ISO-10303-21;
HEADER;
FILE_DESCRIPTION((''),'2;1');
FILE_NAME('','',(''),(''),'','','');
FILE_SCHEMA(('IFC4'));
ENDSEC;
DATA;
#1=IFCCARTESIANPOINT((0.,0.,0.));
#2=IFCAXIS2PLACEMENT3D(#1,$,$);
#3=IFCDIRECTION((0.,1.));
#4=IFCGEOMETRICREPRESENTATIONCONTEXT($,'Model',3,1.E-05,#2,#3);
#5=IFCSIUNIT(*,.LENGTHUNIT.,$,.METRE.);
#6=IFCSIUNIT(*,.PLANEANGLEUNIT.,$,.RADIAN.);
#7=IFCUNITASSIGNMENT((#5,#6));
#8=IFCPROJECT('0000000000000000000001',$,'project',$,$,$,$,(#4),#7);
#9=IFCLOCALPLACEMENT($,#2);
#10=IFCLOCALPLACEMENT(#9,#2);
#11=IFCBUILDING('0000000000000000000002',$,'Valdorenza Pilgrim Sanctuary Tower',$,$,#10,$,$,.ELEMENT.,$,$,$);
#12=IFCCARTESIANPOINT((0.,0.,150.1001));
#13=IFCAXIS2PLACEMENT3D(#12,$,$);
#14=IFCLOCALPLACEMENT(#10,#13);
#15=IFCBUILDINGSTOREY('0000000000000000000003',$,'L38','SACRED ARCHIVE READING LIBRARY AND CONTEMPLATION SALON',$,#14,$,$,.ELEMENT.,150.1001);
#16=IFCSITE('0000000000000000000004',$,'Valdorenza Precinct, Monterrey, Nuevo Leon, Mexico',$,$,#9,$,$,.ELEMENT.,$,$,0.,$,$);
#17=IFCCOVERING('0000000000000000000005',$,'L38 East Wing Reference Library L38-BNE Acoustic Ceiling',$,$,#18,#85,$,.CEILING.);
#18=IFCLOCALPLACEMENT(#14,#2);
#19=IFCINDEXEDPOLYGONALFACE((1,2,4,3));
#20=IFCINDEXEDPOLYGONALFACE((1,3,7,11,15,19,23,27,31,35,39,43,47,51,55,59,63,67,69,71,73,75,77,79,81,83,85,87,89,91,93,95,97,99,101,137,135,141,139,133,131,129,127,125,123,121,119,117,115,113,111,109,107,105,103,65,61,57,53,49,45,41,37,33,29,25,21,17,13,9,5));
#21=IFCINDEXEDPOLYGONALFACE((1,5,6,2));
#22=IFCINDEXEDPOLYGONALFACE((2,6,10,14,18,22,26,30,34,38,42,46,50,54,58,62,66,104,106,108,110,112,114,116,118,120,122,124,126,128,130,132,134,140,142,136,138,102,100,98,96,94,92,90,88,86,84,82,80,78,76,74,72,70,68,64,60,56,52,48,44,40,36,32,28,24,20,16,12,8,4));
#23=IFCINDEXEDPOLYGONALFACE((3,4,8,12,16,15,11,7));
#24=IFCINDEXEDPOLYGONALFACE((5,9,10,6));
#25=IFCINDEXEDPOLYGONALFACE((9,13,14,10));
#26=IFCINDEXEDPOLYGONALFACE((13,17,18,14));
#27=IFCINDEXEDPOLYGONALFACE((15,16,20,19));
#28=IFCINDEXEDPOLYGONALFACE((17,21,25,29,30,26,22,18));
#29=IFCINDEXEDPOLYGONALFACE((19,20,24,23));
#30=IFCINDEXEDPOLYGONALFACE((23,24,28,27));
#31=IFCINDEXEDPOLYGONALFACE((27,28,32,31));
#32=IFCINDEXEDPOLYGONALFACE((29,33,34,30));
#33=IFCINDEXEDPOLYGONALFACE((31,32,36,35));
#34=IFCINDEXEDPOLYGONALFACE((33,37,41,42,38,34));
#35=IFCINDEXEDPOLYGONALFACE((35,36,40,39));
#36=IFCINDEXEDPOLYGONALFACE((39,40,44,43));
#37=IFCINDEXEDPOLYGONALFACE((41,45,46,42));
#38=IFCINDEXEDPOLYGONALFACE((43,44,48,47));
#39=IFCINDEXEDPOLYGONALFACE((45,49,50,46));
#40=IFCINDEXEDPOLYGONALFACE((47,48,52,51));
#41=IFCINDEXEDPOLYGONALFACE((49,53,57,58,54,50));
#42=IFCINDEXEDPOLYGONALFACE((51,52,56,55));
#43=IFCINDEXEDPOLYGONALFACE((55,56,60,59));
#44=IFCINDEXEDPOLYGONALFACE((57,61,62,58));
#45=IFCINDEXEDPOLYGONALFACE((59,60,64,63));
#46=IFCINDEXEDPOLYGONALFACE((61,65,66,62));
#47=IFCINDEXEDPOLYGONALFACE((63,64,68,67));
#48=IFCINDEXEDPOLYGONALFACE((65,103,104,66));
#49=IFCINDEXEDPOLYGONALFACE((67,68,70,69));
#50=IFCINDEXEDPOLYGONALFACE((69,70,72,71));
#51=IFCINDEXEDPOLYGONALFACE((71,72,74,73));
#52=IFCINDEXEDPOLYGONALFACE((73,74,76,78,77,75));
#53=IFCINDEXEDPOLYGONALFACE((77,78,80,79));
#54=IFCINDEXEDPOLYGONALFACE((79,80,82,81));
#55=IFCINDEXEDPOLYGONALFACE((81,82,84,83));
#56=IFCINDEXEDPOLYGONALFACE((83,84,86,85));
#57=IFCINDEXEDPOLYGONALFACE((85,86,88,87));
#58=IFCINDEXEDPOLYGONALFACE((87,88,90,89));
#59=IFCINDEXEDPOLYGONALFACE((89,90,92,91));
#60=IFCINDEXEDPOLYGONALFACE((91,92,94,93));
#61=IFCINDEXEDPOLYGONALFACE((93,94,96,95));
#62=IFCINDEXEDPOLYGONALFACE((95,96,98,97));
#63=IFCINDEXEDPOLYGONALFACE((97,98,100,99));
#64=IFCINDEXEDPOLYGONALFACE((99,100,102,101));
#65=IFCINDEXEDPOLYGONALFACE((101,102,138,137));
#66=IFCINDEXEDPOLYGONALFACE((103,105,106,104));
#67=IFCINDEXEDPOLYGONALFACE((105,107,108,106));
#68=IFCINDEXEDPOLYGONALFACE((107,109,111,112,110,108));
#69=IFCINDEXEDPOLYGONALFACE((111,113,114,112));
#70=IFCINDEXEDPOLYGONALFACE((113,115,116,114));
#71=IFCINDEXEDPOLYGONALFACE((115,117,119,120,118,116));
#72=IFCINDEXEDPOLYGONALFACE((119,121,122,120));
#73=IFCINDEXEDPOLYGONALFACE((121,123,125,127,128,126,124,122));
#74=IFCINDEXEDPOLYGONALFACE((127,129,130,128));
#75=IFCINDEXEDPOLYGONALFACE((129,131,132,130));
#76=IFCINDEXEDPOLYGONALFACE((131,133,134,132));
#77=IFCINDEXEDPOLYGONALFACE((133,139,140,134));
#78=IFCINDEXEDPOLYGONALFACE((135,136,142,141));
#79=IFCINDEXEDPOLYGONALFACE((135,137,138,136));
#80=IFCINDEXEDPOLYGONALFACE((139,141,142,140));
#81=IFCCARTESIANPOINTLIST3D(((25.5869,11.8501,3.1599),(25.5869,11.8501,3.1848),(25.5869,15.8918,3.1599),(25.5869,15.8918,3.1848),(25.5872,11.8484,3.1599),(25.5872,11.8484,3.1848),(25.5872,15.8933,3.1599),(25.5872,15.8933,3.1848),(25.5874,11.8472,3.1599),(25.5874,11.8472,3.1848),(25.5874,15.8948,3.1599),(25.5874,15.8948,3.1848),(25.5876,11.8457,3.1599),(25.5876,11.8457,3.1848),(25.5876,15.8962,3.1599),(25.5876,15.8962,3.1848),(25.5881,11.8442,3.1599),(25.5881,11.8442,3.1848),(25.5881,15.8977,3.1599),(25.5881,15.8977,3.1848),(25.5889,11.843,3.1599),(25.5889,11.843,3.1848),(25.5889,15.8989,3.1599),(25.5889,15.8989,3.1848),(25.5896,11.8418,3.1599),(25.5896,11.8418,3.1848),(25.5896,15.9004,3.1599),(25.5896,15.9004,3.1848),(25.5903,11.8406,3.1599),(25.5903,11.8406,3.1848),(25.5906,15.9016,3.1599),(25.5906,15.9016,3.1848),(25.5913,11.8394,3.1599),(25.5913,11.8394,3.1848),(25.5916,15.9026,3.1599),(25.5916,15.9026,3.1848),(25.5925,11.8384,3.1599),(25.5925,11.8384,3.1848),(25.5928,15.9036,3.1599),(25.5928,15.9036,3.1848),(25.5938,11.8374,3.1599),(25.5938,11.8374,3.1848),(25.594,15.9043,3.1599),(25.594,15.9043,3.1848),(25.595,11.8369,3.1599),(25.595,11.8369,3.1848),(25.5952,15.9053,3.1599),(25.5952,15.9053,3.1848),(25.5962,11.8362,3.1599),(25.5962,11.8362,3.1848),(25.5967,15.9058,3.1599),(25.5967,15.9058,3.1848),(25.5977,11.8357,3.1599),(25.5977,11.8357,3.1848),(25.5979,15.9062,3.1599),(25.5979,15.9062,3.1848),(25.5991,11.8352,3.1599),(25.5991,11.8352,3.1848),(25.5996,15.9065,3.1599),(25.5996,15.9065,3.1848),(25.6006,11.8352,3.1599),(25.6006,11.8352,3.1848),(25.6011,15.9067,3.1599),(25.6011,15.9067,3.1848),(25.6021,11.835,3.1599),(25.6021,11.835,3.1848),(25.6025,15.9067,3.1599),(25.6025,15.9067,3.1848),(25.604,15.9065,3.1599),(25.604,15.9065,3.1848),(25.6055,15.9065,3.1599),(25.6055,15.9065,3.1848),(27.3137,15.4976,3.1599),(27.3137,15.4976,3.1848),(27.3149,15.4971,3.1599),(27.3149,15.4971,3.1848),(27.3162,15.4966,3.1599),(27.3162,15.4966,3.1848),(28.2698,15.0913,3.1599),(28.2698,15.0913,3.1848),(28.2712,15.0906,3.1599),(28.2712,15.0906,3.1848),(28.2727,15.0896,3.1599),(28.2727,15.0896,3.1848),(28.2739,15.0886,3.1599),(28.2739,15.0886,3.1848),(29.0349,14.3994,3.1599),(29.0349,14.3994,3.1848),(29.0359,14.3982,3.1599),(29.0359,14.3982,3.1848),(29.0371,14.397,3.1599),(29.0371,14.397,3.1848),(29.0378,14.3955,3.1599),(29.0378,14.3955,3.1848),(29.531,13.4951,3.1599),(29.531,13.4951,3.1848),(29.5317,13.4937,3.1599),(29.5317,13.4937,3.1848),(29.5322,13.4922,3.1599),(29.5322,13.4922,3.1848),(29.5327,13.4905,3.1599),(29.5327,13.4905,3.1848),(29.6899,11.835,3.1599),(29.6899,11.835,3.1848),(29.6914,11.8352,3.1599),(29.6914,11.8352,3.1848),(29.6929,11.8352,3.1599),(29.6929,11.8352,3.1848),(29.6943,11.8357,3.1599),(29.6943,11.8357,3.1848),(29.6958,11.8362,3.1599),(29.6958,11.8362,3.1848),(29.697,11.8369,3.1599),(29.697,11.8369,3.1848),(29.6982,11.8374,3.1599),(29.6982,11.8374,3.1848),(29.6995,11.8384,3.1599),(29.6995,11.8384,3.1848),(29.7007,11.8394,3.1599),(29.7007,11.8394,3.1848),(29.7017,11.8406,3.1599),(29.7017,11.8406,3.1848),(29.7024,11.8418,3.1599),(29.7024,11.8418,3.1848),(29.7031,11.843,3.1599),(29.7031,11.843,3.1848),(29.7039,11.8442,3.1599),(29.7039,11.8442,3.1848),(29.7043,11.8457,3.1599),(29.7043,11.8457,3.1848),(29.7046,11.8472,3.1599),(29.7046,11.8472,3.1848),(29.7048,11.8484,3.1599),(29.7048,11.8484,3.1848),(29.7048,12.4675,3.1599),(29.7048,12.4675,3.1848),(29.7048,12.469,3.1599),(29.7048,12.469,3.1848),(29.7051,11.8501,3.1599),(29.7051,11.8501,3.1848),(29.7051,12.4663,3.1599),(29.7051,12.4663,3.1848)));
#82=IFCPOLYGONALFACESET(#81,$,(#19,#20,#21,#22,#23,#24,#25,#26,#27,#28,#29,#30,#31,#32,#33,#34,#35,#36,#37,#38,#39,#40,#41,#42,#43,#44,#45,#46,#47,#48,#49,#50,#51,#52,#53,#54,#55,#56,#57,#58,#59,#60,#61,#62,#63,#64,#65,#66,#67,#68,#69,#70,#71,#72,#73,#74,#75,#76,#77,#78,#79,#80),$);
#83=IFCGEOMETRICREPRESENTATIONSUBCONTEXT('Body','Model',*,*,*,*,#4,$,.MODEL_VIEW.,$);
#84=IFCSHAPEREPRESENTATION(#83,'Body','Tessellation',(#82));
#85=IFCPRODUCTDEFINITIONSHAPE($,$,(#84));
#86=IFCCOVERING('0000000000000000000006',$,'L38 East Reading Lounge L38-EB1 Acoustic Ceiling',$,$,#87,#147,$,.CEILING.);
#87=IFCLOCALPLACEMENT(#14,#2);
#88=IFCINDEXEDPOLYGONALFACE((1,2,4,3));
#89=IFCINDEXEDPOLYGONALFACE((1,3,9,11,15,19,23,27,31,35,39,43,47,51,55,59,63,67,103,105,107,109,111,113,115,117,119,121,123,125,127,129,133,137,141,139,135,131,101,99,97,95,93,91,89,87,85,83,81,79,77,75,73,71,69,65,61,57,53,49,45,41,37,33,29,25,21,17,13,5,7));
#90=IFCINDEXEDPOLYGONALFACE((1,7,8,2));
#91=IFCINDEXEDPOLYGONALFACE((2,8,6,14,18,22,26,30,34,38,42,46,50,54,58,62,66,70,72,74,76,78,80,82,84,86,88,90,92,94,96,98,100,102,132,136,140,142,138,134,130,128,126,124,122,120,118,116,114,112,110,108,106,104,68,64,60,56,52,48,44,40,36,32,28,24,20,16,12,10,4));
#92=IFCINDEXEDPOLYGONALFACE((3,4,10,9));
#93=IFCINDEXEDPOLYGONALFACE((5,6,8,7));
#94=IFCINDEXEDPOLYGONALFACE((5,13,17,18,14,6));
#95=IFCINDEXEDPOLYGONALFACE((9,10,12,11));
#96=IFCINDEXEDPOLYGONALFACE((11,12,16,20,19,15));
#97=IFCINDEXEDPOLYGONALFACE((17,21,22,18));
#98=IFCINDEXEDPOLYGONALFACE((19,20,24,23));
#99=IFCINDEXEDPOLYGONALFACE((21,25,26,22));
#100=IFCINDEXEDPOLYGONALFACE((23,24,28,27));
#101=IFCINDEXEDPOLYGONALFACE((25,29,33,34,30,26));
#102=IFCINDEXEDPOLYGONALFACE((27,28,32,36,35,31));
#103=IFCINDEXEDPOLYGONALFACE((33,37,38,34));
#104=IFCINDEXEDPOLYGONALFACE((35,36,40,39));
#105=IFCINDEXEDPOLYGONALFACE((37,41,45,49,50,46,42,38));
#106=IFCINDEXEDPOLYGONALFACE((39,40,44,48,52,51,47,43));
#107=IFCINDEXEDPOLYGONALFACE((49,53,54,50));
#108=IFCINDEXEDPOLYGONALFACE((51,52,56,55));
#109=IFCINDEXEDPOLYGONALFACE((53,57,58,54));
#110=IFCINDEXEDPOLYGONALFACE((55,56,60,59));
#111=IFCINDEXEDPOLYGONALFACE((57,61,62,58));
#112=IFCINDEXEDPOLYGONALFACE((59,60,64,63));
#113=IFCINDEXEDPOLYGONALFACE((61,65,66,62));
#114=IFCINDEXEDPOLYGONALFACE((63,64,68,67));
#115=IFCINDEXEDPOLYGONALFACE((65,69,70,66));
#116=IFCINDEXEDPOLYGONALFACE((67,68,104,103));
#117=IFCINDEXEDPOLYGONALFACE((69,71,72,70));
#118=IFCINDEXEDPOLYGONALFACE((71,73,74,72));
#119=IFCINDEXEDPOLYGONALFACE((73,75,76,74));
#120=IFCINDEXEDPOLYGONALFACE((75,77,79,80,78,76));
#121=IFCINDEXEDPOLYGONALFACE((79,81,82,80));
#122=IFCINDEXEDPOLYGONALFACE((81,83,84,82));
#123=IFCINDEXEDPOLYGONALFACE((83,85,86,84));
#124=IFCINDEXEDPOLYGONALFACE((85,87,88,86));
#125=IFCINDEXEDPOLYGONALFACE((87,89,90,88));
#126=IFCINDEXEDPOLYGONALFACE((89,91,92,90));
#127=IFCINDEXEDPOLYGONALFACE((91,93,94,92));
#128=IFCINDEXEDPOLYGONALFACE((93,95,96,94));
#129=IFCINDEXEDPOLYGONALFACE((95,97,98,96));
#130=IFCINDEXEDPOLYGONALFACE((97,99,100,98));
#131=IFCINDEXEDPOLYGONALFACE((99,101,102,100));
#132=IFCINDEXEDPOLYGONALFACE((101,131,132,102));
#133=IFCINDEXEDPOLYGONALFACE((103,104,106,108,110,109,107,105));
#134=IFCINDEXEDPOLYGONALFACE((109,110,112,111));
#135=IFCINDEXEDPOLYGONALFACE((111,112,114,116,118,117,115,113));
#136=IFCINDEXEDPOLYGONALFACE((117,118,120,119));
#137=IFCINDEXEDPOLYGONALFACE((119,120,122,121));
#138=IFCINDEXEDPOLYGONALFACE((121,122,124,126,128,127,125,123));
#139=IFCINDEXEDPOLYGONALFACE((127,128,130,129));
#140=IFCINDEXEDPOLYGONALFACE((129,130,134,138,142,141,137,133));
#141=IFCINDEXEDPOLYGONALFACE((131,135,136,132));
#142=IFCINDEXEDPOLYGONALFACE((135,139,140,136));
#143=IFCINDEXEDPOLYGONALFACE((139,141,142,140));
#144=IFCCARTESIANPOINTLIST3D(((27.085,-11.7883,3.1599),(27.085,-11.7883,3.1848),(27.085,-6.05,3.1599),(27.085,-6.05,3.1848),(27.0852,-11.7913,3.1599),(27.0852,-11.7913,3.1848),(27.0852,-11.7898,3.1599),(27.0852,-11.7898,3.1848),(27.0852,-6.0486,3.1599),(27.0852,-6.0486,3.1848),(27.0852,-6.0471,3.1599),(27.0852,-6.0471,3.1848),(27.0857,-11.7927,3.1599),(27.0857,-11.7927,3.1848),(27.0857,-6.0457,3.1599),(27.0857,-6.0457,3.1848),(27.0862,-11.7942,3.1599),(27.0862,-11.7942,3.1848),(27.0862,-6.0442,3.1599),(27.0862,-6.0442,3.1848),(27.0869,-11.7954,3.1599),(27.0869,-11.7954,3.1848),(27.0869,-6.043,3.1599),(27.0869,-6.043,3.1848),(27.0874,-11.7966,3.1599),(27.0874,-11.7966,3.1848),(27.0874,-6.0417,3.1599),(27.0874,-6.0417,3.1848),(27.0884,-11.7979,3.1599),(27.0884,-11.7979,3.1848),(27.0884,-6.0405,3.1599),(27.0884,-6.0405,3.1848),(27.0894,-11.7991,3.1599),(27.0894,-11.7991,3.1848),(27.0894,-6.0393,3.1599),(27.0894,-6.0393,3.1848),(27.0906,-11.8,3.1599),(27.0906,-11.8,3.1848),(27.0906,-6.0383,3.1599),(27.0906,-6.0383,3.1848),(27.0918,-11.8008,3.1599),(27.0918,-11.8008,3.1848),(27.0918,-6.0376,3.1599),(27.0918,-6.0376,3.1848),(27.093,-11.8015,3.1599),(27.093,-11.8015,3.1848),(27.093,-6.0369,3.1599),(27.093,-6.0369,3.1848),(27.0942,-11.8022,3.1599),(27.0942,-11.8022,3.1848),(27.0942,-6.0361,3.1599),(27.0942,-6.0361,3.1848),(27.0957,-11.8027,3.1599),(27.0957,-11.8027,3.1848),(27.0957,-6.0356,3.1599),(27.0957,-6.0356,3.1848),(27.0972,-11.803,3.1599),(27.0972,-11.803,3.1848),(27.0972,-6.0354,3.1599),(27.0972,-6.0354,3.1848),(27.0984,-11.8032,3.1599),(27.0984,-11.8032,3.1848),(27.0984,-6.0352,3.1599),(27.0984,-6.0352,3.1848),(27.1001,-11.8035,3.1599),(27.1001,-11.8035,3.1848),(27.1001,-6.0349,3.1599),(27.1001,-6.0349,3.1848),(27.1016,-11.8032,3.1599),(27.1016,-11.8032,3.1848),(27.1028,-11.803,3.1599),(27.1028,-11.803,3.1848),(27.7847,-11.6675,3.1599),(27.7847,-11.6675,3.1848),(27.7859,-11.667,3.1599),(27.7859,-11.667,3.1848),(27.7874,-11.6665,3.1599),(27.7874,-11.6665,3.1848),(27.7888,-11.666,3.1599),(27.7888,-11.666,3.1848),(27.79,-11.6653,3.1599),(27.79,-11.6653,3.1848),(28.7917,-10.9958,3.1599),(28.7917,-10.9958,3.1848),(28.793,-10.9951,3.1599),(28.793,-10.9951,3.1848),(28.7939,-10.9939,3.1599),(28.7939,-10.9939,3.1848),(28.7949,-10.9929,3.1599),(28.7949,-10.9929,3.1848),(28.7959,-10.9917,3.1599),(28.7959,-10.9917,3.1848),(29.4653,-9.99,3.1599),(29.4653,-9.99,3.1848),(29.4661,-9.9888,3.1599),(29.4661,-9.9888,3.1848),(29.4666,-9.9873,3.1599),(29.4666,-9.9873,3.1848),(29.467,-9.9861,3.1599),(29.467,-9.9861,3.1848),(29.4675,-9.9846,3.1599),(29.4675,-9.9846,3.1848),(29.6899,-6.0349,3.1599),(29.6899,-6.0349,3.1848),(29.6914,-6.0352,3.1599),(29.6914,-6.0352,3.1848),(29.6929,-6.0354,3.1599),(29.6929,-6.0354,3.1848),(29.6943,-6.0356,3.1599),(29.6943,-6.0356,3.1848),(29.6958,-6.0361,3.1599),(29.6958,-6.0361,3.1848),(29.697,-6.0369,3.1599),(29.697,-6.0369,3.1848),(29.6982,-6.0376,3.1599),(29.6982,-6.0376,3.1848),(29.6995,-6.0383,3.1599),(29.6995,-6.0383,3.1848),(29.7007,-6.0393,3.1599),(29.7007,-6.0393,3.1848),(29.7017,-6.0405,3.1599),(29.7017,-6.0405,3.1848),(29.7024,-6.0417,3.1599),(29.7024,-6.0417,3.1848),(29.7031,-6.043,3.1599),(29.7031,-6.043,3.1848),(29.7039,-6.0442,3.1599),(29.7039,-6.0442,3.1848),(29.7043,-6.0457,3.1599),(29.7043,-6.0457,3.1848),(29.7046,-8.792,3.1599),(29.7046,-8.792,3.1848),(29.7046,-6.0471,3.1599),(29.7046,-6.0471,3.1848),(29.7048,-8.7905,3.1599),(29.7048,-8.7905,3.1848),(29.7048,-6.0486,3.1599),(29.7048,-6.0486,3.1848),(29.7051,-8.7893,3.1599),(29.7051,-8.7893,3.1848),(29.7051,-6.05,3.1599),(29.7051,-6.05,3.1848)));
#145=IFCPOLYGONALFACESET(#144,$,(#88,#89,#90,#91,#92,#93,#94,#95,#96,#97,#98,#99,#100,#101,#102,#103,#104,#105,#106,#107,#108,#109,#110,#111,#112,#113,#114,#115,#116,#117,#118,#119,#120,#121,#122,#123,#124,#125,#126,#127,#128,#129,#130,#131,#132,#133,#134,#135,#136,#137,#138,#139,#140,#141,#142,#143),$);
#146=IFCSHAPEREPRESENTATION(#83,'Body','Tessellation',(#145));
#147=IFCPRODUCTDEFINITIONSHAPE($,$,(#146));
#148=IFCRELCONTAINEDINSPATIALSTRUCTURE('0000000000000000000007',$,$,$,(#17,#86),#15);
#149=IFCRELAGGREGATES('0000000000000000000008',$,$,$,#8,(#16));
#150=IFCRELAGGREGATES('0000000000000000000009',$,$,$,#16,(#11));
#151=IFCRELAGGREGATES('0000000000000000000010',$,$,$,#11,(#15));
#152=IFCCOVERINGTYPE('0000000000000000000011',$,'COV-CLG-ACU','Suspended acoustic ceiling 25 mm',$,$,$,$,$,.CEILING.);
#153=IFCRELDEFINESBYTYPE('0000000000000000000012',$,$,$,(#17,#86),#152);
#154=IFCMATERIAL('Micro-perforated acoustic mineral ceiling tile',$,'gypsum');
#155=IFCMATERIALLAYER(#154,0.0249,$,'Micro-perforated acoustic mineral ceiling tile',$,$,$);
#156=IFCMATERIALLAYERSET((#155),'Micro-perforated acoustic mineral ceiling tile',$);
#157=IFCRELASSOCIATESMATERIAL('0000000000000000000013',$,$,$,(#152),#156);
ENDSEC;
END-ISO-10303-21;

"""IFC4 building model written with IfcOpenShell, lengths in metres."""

from ifc_helpers import new_model, si_unit, direction, frame, origin, place, context, subcontext, project, spatial, polyline, outline, extrude, material, layer, layer_set, type_object, element, save


model = new_model("IFC4")

# Units and contexts
model_context = context("Model", 3, precision=1e-05, world=origin(), true_north=direction((0.0, 1.0)))
body_context = subcontext(model_context, "Body", "Model", "MODEL_VIEW")
ifc_project = project(units=[si_unit("LENGTHUNIT", "METRE"), si_unit("PLANEANGLEUNIT", "RADIAN")], contexts=[model_context])

# Site, building, storey
site_placement = place(None, origin())
site = spatial("IfcSite", under=ifc_project, at=site_placement, Name="Valdorenza Precinct, Monterrey, Nuevo Leon, Mexico", CompositionType="ELEMENT", RefElevation=0.0)
building_placement = place(site_placement, origin())
building = spatial("IfcBuilding", under=site, at=building_placement, Name="Valdorenza Pilgrim Sanctuary Tower", CompositionType="ELEMENT")
storey_placement = place(building_placement, frame((0.0, 0.0, 150.1001)))
storey = spatial("IfcBuildingStorey", under=building, at=storey_placement, Name="L38", Description="SACRED ARCHIVE READING LIBRARY AND CONTEMPLATION SALON", CompositionType="ELEMENT", Elevation=150.1001)

# Coverings
ifc_material_1 = material(Name="Micro-perforated acoustic mineral ceiling tile", Category="gypsum")
ifc_layer_1 = layer(ifc_material_1, 0.0249, Name="Micro-perforated acoustic mineral ceiling tile")
ifc_layer_set_1 = layer_set([ifc_layer_1], Name="Micro-perforated acoustic mineral ceiling tile")
covering_type_1 = type_object("IfcCoveringType", Name="COV-CLG-ACU", Description="Suspended acoustic ceiling 25 mm", PredefinedType="CEILING", material=ifc_layer_set_1)
covering_1_placement = place(storey_placement, frame((0.0, 0.0, 3.1599)))
element("IfcCovering", 1, at=covering_1_placement, inside=storey, type_object=covering_type_1, Name="L38 East Wing Reference Library L38-BNE Acoustic Ceiling", PredefinedType="CEILING", context=body_context, shape_type="SweptSolid", body=[
    extrude(outline(polyline([(27.3137, 15.4976), (27.3149, 15.4971), (27.3162, 15.4966), (28.2698, 15.0913), (28.2712, 15.0906), (28.2727, 15.0896), (28.2739, 15.0886), (29.0349, 14.3994), (29.0359, 14.3982), (29.0371, 14.397), (29.0378, 14.3955), (29.531, 13.4951), (29.5317, 13.4937), (29.5322, 13.4922), (29.5327, 13.4905), (29.7048, 12.469), (29.7048, 12.4675), (29.7051, 12.4663), (29.7051, 11.8501), (29.7048, 11.8484), (29.7046, 11.8472), (29.7043, 11.8457), (29.7039, 11.8442), (29.7031, 11.843), (29.7024, 11.8418), (29.7017, 11.8406), (29.7007, 11.8394), (29.6995, 11.8384), (29.6982, 11.8374), (29.697, 11.8369), (29.6958, 11.8362), (29.6943, 11.8357), (29.6929, 11.8352), (29.6914, 11.8352), (29.6899, 11.835), (25.6021, 11.835), (25.6006, 11.8352), (25.5991, 11.8352), (25.5977, 11.8357), (25.5962, 11.8362), (25.595, 11.8369), (25.5938, 11.8374), (25.5925, 11.8384), (25.5913, 11.8394), (25.5903, 11.8406), (25.5896, 11.8418), (25.5889, 11.843), (25.5881, 11.8442), (25.5876, 11.8457), (25.5874, 11.8472), (25.5872, 11.8484), (25.5869, 11.8501), (25.5869, 15.8918), (25.5872, 15.8933), (25.5874, 15.8948), (25.5876, 15.8962), (25.5881, 15.8977), (25.5889, 15.8989), (25.5896, 15.9004), (25.5906, 15.9016), (25.5916, 15.9026), (25.5928, 15.9036), (25.594, 15.9043), (25.5952, 15.9053), (25.5967, 15.9058), (25.5979, 15.9062), (25.5996, 15.9065), (25.6011, 15.9067), (25.6025, 15.9067), (25.604, 15.9065), (25.6055, 15.9065), (27.3137, 15.4976)])), origin(), (0.0, 0.0, 1.0), 0.0249),
])
covering_2_placement = place(storey_placement, frame((0.0, 0.0, 3.1599)))
element("IfcCovering", 2, at=covering_2_placement, inside=storey, type_object=covering_type_1, Name="L38 East Reading Lounge L38-EB1 Acoustic Ceiling", PredefinedType="CEILING", context=body_context, shape_type="SweptSolid", body=[
    extrude(outline(polyline([(29.6899, -6.0349), (29.6914, -6.0352), (29.6929, -6.0354), (29.6943, -6.0356), (29.6958, -6.0361), (29.697, -6.0369), (29.6982, -6.0376), (29.6995, -6.0383), (29.7007, -6.0393), (29.7017, -6.0405), (29.7024, -6.0417), (29.7031, -6.043), (29.7039, -6.0442), (29.7043, -6.0457), (29.7046, -6.0471), (29.7048, -6.0486), (29.7051, -6.05), (29.7051, -8.7893), (29.7048, -8.7905), (29.7046, -8.792), (29.4675, -9.9846), (29.467, -9.9861), (29.4666, -9.9873), (29.4661, -9.9888), (29.4653, -9.99), (28.7959, -10.9917), (28.7949, -10.9929), (28.7939, -10.9939), (28.793, -10.9951), (28.7917, -10.9958), (27.79, -11.6653), (27.7888, -11.666), (27.7874, -11.6665), (27.7859, -11.667), (27.7847, -11.6675), (27.1028, -11.803), (27.1016, -11.8032), (27.1001, -11.8035), (27.0984, -11.8032), (27.0972, -11.803), (27.0957, -11.8027), (27.0942, -11.8022), (27.093, -11.8015), (27.0918, -11.8008), (27.0906, -11.8), (27.0894, -11.7991), (27.0884, -11.7979), (27.0874, -11.7966), (27.0869, -11.7954), (27.0862, -11.7942), (27.0857, -11.7927), (27.0852, -11.7913), (27.0852, -11.7898), (27.085, -11.7883), (27.085, -6.05), (27.0852, -6.0486), (27.0852, -6.0471), (27.0857, -6.0457), (27.0862, -6.0442), (27.0869, -6.043), (27.0874, -6.0417), (27.0884, -6.0405), (27.0894, -6.0393), (27.0906, -6.0383), (27.0918, -6.0376), (27.093, -6.0369), (27.0942, -6.0361), (27.0957, -6.0356), (27.0972, -6.0354), (27.0984, -6.0352), (27.1001, -6.0349), (29.6899, -6.0349)])), origin(), (0.0, 0.0, 1.0), 0.0249),
])

save(model, "model.ifc")
